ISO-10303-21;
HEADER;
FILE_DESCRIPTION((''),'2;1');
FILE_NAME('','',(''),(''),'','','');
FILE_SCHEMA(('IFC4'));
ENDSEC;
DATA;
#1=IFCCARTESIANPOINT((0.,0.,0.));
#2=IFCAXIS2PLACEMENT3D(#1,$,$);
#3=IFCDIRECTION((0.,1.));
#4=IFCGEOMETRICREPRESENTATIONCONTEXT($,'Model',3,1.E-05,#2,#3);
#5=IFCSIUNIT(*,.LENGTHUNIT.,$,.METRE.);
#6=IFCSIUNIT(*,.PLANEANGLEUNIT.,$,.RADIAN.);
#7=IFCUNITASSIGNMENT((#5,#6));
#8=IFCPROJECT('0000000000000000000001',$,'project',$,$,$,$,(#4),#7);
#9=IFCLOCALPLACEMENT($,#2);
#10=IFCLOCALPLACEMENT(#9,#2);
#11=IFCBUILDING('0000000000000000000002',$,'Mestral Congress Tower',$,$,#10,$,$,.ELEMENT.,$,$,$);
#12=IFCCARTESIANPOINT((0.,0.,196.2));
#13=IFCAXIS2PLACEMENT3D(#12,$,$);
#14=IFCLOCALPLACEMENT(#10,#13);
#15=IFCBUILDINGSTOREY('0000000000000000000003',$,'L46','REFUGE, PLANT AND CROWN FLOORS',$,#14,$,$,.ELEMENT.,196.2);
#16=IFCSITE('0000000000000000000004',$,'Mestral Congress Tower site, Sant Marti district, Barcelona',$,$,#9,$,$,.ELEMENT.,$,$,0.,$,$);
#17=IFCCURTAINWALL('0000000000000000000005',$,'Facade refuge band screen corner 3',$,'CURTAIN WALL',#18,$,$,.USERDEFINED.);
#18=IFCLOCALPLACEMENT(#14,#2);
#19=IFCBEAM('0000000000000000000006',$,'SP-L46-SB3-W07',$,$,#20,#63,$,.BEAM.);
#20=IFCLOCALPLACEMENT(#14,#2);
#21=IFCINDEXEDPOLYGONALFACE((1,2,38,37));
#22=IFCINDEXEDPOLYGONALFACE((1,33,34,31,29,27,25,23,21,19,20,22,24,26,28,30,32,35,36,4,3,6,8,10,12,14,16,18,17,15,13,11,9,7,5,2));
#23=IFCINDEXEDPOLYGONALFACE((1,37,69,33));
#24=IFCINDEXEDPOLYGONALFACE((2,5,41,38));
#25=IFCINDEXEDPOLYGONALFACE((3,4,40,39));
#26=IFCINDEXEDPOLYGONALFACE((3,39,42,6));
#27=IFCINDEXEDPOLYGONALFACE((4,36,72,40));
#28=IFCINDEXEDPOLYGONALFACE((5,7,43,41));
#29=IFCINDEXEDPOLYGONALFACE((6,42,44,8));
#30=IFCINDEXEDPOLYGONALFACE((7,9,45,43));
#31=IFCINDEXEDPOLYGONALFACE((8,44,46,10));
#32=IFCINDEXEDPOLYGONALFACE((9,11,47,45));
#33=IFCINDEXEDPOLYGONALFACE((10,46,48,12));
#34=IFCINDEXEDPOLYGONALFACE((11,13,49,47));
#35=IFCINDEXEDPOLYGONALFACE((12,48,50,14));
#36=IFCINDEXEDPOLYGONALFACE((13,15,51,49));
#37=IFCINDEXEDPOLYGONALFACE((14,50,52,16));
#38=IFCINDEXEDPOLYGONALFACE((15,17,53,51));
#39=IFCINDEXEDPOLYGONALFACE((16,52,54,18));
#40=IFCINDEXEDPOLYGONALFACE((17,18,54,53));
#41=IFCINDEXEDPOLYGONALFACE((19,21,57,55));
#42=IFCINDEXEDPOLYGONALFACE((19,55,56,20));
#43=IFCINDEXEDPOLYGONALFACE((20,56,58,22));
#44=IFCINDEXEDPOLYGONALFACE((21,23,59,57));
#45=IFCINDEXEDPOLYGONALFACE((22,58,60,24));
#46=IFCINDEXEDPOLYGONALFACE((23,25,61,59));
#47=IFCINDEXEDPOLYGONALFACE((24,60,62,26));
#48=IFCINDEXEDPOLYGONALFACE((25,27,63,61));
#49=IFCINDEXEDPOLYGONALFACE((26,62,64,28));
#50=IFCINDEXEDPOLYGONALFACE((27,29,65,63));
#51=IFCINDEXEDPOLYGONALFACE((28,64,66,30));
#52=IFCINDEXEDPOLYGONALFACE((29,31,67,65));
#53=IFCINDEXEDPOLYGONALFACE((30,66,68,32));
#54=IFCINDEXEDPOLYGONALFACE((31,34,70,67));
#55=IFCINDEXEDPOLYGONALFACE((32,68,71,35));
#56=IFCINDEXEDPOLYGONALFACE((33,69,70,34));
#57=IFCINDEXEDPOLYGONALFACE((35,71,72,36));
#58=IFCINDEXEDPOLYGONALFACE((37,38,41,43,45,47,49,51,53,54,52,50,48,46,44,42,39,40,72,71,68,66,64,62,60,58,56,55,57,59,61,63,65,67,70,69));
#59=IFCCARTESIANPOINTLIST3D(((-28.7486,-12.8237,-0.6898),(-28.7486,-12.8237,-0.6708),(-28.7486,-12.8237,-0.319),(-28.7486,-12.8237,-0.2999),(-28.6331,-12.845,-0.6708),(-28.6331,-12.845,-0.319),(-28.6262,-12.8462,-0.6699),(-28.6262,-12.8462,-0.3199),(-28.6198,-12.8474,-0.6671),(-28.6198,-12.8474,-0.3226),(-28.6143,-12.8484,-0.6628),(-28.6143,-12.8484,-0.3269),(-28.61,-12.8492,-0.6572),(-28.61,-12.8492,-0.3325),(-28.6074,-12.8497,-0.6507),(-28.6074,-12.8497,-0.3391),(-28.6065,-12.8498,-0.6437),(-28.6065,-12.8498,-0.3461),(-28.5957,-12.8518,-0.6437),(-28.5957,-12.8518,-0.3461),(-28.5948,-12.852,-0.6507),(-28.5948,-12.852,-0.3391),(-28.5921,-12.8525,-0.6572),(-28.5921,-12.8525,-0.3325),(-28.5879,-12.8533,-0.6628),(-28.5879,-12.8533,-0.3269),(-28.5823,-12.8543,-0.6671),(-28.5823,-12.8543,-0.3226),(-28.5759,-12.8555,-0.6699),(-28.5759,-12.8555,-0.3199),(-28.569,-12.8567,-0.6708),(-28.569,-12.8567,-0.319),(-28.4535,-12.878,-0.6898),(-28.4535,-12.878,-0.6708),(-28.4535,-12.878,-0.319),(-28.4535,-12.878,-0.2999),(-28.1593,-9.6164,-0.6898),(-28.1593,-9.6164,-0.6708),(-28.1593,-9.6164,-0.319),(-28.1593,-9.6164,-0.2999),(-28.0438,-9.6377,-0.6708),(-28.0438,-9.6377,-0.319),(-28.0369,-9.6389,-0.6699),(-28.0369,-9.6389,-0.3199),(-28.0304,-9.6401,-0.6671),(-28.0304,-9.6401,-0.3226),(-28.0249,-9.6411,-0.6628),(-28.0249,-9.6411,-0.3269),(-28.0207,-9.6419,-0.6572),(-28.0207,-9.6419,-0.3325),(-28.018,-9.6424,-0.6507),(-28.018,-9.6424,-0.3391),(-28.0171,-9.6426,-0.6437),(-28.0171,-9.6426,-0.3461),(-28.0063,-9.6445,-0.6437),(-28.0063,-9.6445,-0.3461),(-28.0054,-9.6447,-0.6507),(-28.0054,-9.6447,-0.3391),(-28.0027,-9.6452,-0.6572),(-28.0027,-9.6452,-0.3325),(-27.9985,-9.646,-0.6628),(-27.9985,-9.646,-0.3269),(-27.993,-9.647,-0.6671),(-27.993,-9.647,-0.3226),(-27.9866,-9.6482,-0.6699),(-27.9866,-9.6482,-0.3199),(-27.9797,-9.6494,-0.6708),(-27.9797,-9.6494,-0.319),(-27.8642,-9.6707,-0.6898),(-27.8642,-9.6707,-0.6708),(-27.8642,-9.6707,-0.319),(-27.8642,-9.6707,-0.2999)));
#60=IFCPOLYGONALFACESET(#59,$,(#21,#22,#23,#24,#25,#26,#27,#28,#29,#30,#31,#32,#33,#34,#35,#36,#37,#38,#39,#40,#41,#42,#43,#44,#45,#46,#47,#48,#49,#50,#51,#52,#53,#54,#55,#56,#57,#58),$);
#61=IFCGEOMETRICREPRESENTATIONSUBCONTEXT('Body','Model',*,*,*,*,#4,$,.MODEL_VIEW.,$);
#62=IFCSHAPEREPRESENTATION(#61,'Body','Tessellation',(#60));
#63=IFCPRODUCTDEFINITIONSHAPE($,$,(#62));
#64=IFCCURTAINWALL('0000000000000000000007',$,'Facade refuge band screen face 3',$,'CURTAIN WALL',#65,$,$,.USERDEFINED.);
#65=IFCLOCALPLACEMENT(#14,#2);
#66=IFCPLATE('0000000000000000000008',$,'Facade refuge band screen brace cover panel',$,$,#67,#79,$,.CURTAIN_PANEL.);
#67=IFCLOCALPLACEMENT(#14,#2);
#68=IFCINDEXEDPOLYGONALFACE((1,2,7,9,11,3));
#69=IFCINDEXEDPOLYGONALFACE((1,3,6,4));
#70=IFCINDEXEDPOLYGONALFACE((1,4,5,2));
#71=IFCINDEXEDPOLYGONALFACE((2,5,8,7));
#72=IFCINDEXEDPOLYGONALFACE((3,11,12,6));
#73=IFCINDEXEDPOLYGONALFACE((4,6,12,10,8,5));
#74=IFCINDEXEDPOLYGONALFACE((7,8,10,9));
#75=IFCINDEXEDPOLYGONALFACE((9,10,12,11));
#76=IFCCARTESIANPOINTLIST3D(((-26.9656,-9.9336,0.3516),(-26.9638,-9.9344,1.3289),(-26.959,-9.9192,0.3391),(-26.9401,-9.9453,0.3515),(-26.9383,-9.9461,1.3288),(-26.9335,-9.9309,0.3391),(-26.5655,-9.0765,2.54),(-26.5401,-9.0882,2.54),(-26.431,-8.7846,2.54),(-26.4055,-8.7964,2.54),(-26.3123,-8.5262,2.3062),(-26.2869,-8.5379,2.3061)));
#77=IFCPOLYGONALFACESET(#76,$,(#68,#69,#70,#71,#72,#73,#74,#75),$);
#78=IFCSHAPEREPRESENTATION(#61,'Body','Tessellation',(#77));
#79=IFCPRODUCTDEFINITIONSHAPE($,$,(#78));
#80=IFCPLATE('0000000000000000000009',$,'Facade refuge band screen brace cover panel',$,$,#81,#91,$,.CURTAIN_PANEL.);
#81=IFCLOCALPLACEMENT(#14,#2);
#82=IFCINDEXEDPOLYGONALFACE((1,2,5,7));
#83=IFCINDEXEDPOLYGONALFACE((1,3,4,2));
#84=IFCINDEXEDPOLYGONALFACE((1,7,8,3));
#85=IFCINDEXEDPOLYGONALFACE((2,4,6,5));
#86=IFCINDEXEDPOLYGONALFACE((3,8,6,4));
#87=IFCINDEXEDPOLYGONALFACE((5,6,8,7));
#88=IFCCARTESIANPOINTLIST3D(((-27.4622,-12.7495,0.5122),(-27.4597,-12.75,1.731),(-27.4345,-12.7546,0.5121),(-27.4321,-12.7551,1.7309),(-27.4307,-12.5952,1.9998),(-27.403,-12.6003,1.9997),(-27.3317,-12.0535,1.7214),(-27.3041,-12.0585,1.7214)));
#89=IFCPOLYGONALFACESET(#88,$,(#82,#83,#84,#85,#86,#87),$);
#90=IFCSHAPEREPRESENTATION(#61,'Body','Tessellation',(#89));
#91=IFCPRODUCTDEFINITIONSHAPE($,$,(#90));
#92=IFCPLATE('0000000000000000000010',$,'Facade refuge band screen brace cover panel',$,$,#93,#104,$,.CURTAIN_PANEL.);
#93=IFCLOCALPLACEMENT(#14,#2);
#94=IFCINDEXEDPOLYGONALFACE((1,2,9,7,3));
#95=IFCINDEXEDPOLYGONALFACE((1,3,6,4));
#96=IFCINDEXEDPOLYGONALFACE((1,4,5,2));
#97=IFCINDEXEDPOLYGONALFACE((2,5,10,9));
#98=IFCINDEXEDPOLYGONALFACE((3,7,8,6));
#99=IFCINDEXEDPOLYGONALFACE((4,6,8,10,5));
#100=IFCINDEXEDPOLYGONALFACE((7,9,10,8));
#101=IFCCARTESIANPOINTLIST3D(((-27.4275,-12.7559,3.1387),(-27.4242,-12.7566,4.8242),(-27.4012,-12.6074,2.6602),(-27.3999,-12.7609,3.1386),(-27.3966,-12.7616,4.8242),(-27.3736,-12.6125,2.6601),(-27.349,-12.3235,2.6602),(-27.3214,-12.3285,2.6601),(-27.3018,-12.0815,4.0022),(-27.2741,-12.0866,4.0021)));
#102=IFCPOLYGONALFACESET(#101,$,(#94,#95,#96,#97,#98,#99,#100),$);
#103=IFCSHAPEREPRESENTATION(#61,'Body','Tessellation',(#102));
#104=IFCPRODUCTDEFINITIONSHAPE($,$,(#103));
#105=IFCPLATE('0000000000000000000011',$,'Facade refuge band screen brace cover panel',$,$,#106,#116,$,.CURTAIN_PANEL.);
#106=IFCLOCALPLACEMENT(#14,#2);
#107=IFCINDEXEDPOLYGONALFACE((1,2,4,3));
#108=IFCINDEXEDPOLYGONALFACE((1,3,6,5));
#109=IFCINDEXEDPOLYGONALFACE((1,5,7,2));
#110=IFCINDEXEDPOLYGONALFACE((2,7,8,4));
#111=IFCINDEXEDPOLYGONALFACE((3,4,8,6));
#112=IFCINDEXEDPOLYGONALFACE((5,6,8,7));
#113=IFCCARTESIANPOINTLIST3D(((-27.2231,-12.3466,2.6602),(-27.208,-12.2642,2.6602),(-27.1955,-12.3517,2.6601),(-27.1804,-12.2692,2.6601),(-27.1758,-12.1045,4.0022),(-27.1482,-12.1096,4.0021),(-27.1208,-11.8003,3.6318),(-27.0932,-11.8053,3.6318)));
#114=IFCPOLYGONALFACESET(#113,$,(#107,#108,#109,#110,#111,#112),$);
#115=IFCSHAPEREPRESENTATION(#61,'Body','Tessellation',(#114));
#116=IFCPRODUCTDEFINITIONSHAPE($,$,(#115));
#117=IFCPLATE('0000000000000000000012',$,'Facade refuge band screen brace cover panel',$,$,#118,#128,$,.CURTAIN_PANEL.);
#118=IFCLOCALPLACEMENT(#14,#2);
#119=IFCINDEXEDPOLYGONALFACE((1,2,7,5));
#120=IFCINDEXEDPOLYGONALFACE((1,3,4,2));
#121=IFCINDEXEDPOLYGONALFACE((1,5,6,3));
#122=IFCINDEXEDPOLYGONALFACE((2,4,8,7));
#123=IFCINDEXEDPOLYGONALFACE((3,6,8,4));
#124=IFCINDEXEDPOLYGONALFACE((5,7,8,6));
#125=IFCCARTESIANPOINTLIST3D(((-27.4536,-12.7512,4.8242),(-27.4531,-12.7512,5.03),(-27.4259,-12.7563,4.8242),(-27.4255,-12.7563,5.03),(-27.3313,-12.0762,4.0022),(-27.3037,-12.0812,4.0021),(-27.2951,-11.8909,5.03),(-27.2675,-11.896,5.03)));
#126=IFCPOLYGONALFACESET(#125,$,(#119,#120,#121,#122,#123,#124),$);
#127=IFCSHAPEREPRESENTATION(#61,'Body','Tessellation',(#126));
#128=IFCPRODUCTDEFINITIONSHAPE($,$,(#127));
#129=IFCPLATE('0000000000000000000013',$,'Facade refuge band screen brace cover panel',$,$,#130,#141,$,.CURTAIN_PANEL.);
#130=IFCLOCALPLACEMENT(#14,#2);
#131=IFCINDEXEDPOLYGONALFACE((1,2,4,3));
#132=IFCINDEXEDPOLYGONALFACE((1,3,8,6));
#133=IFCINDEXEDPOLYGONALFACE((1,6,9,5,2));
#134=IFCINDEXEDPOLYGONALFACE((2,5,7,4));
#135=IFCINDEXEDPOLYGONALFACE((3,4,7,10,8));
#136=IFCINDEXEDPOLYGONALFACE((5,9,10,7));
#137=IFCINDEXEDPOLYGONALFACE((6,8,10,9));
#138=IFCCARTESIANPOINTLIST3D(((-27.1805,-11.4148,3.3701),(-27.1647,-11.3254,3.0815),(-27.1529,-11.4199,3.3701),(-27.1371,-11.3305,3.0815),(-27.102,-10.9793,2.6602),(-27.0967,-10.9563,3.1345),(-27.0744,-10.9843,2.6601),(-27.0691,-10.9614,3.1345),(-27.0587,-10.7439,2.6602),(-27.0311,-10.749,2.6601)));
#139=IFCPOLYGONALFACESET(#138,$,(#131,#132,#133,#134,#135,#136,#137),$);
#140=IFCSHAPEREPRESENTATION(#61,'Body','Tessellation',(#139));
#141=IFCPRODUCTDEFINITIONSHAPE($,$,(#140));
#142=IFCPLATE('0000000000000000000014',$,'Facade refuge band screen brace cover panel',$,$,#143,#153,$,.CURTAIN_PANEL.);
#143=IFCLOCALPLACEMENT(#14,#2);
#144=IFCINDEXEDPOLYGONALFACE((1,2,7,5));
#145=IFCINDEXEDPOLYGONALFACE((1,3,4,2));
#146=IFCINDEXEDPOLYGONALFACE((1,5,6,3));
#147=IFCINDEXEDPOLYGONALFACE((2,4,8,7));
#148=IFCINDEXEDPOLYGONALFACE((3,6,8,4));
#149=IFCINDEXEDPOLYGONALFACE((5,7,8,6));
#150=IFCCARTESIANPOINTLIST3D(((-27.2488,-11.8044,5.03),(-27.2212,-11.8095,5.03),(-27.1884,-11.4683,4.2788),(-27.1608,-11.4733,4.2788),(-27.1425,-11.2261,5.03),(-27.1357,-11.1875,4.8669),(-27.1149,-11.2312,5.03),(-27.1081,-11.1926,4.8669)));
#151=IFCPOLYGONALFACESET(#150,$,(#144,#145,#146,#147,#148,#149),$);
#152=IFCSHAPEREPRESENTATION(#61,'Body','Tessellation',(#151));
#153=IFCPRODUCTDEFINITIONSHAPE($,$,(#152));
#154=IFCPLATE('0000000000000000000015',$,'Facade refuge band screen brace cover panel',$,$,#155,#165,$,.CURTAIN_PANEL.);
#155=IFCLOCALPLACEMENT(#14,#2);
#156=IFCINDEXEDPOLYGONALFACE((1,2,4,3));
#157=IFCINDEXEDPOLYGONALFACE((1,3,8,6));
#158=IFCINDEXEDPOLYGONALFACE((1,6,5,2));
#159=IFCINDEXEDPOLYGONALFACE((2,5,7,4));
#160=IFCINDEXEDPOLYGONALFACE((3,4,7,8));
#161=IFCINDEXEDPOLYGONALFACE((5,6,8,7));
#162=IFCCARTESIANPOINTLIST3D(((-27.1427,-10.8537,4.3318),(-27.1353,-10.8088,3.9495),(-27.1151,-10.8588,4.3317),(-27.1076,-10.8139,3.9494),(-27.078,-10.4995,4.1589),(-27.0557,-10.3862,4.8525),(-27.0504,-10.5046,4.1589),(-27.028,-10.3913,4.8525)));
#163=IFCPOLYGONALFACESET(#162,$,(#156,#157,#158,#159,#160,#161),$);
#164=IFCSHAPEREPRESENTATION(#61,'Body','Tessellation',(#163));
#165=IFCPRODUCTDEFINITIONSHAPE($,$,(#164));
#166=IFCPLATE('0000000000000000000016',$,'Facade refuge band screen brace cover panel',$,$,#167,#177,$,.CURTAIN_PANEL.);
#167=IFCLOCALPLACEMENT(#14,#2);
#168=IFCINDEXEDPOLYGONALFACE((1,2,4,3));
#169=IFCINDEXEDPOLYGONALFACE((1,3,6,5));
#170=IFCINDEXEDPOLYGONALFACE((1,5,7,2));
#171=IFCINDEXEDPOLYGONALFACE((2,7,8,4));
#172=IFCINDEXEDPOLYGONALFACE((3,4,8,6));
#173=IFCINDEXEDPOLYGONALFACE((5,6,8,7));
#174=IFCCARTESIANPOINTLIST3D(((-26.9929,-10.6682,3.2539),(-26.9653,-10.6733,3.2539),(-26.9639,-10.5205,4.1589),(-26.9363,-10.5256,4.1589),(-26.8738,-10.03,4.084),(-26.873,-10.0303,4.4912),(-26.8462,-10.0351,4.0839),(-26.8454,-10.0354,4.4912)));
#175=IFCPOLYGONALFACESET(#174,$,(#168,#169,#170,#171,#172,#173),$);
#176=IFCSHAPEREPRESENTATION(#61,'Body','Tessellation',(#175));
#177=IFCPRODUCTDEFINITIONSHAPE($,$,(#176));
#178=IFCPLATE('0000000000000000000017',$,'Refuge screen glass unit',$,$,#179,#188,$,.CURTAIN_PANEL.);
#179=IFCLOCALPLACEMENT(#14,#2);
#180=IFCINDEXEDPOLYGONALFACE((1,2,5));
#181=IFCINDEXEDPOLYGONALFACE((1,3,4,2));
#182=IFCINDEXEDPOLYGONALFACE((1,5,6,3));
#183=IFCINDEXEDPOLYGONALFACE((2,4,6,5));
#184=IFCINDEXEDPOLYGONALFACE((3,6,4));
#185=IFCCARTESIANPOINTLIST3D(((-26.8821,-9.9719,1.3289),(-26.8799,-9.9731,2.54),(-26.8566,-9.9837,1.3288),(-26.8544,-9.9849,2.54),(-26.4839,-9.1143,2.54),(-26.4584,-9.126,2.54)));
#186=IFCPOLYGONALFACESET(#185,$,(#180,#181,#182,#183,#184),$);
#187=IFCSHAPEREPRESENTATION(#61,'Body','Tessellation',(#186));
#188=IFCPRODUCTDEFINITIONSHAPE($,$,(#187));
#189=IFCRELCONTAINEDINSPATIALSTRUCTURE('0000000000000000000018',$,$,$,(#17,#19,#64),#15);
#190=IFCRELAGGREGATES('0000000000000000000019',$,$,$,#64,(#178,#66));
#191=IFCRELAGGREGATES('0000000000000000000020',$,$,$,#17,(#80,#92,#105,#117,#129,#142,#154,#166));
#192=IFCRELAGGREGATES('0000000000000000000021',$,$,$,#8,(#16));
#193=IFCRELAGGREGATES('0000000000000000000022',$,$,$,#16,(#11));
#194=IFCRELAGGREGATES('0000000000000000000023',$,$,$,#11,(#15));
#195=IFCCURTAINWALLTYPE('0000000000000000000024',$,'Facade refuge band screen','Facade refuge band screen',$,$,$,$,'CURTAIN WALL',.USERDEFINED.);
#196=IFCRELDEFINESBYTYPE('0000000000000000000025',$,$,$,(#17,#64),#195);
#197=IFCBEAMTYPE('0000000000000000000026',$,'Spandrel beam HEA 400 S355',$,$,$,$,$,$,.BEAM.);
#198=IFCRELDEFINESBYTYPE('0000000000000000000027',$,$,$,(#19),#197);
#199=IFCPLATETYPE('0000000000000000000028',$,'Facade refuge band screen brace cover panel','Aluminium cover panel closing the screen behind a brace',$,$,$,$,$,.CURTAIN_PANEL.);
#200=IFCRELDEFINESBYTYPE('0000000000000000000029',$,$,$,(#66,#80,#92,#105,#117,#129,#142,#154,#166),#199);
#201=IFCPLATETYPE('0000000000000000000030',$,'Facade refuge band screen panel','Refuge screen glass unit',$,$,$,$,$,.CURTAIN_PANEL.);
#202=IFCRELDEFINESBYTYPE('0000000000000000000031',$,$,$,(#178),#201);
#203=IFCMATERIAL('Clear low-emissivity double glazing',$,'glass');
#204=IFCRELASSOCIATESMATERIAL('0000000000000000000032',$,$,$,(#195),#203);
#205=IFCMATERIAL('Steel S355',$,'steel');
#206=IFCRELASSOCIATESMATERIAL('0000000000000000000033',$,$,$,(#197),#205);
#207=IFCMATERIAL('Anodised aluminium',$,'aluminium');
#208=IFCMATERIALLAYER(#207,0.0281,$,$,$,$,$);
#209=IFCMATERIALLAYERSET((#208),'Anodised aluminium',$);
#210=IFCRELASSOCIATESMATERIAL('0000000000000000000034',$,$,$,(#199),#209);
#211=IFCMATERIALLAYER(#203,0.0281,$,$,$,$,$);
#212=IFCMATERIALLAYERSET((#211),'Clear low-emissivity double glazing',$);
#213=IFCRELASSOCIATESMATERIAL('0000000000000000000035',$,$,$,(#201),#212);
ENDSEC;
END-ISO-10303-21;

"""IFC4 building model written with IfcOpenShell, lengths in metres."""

from ifc_helpers import new_model, si_unit, direction, frame, origin, origin_2d, place, context, subcontext, project, spatial, polyline, i_section, outline, extrude, material, layer, layer_set, material_profile, profile_set, type_object, element, aggregate, save


model = new_model("IFC4")

# Units and contexts
model_context = context("Model", 3, precision=1e-05, world=origin(), true_north=direction((0.0, 1.0)))
body_context = subcontext(model_context, "Body", "Model", "MODEL_VIEW")
ifc_project = project(units=[si_unit("LENGTHUNIT", "METRE"), si_unit("PLANEANGLEUNIT", "RADIAN")], contexts=[model_context])

# Site, building, storey
site_placement = place(None, origin())
site = spatial("IfcSite", under=ifc_project, at=site_placement, Name="Mestral Congress Tower site, Sant Marti district, Barcelona", CompositionType="ELEMENT", RefElevation=0.0)
building_placement = place(site_placement, origin())
building = spatial("IfcBuilding", under=site, at=building_placement, Name="Mestral Congress Tower", CompositionType="ELEMENT")
storey_placement = place(building_placement, frame((0.0, 0.0, 196.2)))
storey = spatial("IfcBuildingStorey", under=building, at=storey_placement, Name="L46", Description="REFUGE, PLANT AND CROWN FLOORS", CompositionType="ELEMENT", Elevation=196.2)

# Shared definitions
ifc_material_1 = material(Name="Steel S355", Category="steel")

# Curtain wall
ifc_material_2 = material(Name="Clear low-emissivity double glazing", Category="glass")
curtain_wall_type = type_object("IfcCurtainWallType", Name="Facade refuge band screen", Description="Facade refuge band screen", ElementType="CURTAIN WALL", PredefinedType="USERDEFINED", material=ifc_material_2)
placement = place(storey_placement, origin())
curtain_wall_1 = element("IfcCurtainWall", 1, at=placement, inside=storey, type_object=curtain_wall_type, Name="Facade refuge band screen corner 3", ObjectType="CURTAIN WALL", PredefinedType="USERDEFINED")
ifc_material_3 = material(Name="Anodised aluminium", Category="aluminium")

# Beam
ifc_material_profile_1 = material_profile(ifc_material_1, i_section(OverallWidth=0.3, OverallDepth=0.3899, WebThickness=0.011, FlangeThickness=0.019, FilletRadius=0.0271, at=origin_2d()), Name="HEA 400")
ifc_profile_set_1 = profile_set([ifc_material_profile_1], Name="Steel S355")
beam_type_1 = type_object("IfcBeamType", Name="Spandrel beam HEA 400 S355", PredefinedType="BEAM", material=ifc_profile_set_1)
beam_1_placement = place(storey_placement, frame((-28.0117, -9.6436, -0.4949), z_axis=(-0.18073, -0.983533, 0.0), x_axis=(0.983533, -0.18073, 0.0)))
element("IfcBeam", 2, at=beam_1_placement, inside=storey, type_object=beam_type_1, Name="SP-L46-SB3-W07", PredefinedType="BEAM", context=body_context, shape_type="SweptSolid", body=[
    extrude(i_section(OverallWidth=0.3, OverallDepth=0.3899, WebThickness=0.011, FlangeThickness=0.019, FilletRadius=0.0271, at=origin_2d()), origin(), (0.0, 0.0, 1.0), 3.261),
])

# Curtain wall, plate
curtain_wall_2 = element("IfcCurtainWall", 3, at=placement, inside=storey, type_object=curtain_wall_type, Name="Facade refuge band screen face 3", ObjectType="CURTAIN WALL", PredefinedType="USERDEFINED")
ifc_layer_1 = layer(ifc_material_3, 0.0281)
ifc_layer_set_1 = layer_set([ifc_layer_1], Name="Anodised aluminium")
plate_type_1 = type_object("IfcPlateType", Name="Facade refuge band screen brace cover panel", Description="Aluminium cover panel closing the screen behind a brace", PredefinedType="CURTAIN_PANEL", material=ifc_layer_set_1)
plate_1_placement = place(storey_placement, frame((-26.959, -9.9192, 0.3391), z_axis=(-0.908119, 0.418708, 0.002015), x_axis=(0.259115, 0.55819, 0.788216)))
plate_1 = element("IfcPlate", 4, at=plate_1_placement, type_object=plate_type_1, Name="Facade refuge band screen brace cover panel", PredefinedType="CURTAIN_PANEL", context=body_context, shape_type="SweptSolid", body=[
    extrude(outline(polyline([(0.0, 0.0), (2.4956, 0.0), (2.5049, -0.3681), (2.3071, -0.6214), (0.7704, -0.6215), (0.0001, -0.0201), (0.0, 0.0)])), origin(), (0.0, 0.0, -1.0), 0.0281),
])

# Plates
plate_2_placement = place(storey_placement, frame((-27.4622, -12.7495, 0.5122), z_axis=(-0.983541, 0.180672, 0.002083), x_axis=(0.093069, 0.496699, 0.862919)))
plate_2 = element("IfcPlate", 5, at=plate_2_placement, type_object=plate_type_1, Name="Facade refuge band screen brace cover panel", PredefinedType="CURTAIN_PANEL", context=body_context, shape_type="SweptSolid", body=[
    extrude(outline(polyline([(0.0, 0.0), (1.4013, 0.0), (1.3632, -0.6159), (1.0517, -0.6159), (0.0, 0.0)])), origin(), (0.0, 0.0, -1.0), 0.0281),
])
plate_3_placement = place(storey_placement, frame((-27.4275, -12.7559, 3.1387), z_axis=(-0.983514, 0.18082, 0.002007), x_axis=(0.052452, 0.295886, -0.953782)))
plate_3 = element("IfcPlate", 6, at=plate_3_placement, type_object=plate_type_1, Name="Facade refuge band screen brace cover panel", PredefinedType="CURTAIN_PANEL", context=body_context, shape_type="SweptSolid", body=[
    extrude(outline(polyline([(0.0, 0.0), (0.5017, 0.0), (0.5885, -0.2754), (-0.6175, -0.9137), (-1.6077, -0.5064), (0.0, 0.0)])), origin(), (0.0, 0.0, -1.0), 0.0281),
])
plate_4_placement = place(storey_placement, frame((-27.1758, -12.1045, 4.0022), z_axis=(-0.98361, 0.180295, 0.002169), x_axis=(-0.034697, -0.177457, -0.983517)))
plate_4 = element("IfcPlate", 7, at=plate_4_placement, type_object=plate_type_1, Name="Facade refuge band screen brace cover panel", PredefinedType="CURTAIN_PANEL", context=body_context, shape_type="SweptSolid", body=[
    extrude(outline(polyline([(0.0, 0.0), (1.3645, 0.0), (1.3494, -0.0825), (0.3084, -0.371), (0.0, 0.0)])), origin(), (0.0, 0.0, -1.0), 0.0281),
])
plate_5_placement = place(storey_placement, frame((-27.4531, -12.7512, 5.03), z_axis=(-0.983547, 0.180642, 0.002063), x_axis=(-0.002107, -0.000049, -0.999998)))
plate_5 = element("IfcPlate", 8, at=plate_5_placement, type_object=plate_type_1, Name="Facade refuge band screen brace cover panel", PredefinedType="CURTAIN_PANEL", context=body_context, shape_type="SweptSolid", body=[
    extrude(outline(polyline([(0.0, 0.0), (0.2058, 0.0), (1.0275, -0.6864), (-0.0004, -0.8747), (0.0, 0.0)])), origin(), (0.0, 0.0, -1.0), 0.0281),
])
plate_6_placement = place(storey_placement, frame((-27.0967, -10.9563, 3.1345), z_axis=(-0.983482, 0.180992, 0.002281), x_axis=(-0.16052, -0.877925, 0.451089)))
plate_6 = element("IfcPlate", 9, at=plate_6_placement, type_object=plate_type_1, Name="Facade refuge band screen brace cover panel", PredefinedType="CURTAIN_PANEL", context=body_context, shape_type="SweptSolid", body=[
    extrude(outline(polyline([(0.0, 0.0), (0.5223, 0.0), (0.3111, -0.2166), (-0.193, -0.434), (-0.4065, -0.326), (0.0, 0.0)])), origin(), (0.0, 0.0, -1.0), 0.0281),
])
plate_7_placement = place(storey_placement, frame((-27.2488, -11.8044, 5.03), z_axis=(-0.983538, 0.180691, 0.001839), x_axis=(0.073138, 0.407373, -0.910329)))
plate_7 = element("IfcPlate", 10, at=plate_7_placement, type_object=plate_type_1, Name="Facade refuge band screen brace cover panel", PredefinedType="CURTAIN_PANEL", context=body_context, shape_type="SweptSolid", body=[
    extrude(outline(polyline([(0.0, 0.0), (0.8252, 0.0), (0.4081, -0.5035), (0.2434, -0.5353), (0.0, 0.0)])), origin(), (0.0, 0.0, -1.0), 0.0281),
])
plate_8_placement = place(storey_placement, frame((-27.0557, -10.3862, 4.8525), z_axis=(-0.983542, 0.180669, 0.002135), x_axis=(-0.12338, -0.662941, -0.738436)))
plate_8 = element("IfcPlate", 11, at=plate_8_placement, type_object=plate_type_1, Name="Facade refuge band screen brace cover panel", PredefinedType="CURTAIN_PANEL", context=body_context, shape_type="SweptSolid", body=[
    extrude(outline(polyline([(0.0, 0.0), (0.7052, 0.0), (0.9568, -0.2914), (0.59, -0.3825), (0.0, 0.0)])), origin(), (0.0, 0.0, -1.0), 0.0281),
])
plate_9_placement = place(storey_placement, frame((-26.8738, -10.03, 4.084), z_axis=(-0.983491, 0.180945, 0.00199), x_axis=(0.001909, -0.00062, 0.999998)))
plate_9 = element("IfcPlate", 12, at=plate_9_placement, type_object=plate_type_1, Name="Facade refuge band screen brace cover panel", PredefinedType="CURTAIN_PANEL", context=body_context, shape_type="SweptSolid", body=[
    extrude(outline(polyline([(0.0, 0.0), (0.4072, 0.0), (0.0751, -0.4987), (-0.8299, -0.6494), (0.0, 0.0)])), origin(), (0.0, 0.0, -1.0), 0.0281),
])
ifc_layer_2 = layer(ifc_material_2, 0.0281)
ifc_layer_set_2 = layer_set([ifc_layer_2], Name="Clear low-emissivity double glazing")
plate_type_2 = type_object("IfcPlateType", Name="Facade refuge band screen panel", Description="Refuge screen glass unit", PredefinedType="CURTAIN_PANEL", material=ifc_layer_set_2)
plate_10_placement = place(storey_placement, frame((-26.8821, -9.9719, 1.3289), z_axis=(-0.908124, 0.418697, 0.002069), x_axis=(0.259141, 0.558162, 0.788227)))
plate_10 = element("IfcPlate", 13, at=plate_10_placement, type_object=plate_type_2, Name="Refuge screen glass unit", PredefinedType="CURTAIN_PANEL", context=body_context, shape_type="SweptSolid", body=[
    extrude(outline(polyline([(0.0, 0.0), (1.5366, 0.0), (0.9546, -0.7455), (0.0, 0.0)])), origin(), (0.0, 0.0, -1.0), 0.0281),
])
aggregate(curtain_wall_2, [plate_10, plate_1])

aggregate(curtain_wall_1, [plate_2, plate_3, plate_4, plate_5, plate_6, plate_7, plate_8, plate_9])

save(model, "model.ifc")
